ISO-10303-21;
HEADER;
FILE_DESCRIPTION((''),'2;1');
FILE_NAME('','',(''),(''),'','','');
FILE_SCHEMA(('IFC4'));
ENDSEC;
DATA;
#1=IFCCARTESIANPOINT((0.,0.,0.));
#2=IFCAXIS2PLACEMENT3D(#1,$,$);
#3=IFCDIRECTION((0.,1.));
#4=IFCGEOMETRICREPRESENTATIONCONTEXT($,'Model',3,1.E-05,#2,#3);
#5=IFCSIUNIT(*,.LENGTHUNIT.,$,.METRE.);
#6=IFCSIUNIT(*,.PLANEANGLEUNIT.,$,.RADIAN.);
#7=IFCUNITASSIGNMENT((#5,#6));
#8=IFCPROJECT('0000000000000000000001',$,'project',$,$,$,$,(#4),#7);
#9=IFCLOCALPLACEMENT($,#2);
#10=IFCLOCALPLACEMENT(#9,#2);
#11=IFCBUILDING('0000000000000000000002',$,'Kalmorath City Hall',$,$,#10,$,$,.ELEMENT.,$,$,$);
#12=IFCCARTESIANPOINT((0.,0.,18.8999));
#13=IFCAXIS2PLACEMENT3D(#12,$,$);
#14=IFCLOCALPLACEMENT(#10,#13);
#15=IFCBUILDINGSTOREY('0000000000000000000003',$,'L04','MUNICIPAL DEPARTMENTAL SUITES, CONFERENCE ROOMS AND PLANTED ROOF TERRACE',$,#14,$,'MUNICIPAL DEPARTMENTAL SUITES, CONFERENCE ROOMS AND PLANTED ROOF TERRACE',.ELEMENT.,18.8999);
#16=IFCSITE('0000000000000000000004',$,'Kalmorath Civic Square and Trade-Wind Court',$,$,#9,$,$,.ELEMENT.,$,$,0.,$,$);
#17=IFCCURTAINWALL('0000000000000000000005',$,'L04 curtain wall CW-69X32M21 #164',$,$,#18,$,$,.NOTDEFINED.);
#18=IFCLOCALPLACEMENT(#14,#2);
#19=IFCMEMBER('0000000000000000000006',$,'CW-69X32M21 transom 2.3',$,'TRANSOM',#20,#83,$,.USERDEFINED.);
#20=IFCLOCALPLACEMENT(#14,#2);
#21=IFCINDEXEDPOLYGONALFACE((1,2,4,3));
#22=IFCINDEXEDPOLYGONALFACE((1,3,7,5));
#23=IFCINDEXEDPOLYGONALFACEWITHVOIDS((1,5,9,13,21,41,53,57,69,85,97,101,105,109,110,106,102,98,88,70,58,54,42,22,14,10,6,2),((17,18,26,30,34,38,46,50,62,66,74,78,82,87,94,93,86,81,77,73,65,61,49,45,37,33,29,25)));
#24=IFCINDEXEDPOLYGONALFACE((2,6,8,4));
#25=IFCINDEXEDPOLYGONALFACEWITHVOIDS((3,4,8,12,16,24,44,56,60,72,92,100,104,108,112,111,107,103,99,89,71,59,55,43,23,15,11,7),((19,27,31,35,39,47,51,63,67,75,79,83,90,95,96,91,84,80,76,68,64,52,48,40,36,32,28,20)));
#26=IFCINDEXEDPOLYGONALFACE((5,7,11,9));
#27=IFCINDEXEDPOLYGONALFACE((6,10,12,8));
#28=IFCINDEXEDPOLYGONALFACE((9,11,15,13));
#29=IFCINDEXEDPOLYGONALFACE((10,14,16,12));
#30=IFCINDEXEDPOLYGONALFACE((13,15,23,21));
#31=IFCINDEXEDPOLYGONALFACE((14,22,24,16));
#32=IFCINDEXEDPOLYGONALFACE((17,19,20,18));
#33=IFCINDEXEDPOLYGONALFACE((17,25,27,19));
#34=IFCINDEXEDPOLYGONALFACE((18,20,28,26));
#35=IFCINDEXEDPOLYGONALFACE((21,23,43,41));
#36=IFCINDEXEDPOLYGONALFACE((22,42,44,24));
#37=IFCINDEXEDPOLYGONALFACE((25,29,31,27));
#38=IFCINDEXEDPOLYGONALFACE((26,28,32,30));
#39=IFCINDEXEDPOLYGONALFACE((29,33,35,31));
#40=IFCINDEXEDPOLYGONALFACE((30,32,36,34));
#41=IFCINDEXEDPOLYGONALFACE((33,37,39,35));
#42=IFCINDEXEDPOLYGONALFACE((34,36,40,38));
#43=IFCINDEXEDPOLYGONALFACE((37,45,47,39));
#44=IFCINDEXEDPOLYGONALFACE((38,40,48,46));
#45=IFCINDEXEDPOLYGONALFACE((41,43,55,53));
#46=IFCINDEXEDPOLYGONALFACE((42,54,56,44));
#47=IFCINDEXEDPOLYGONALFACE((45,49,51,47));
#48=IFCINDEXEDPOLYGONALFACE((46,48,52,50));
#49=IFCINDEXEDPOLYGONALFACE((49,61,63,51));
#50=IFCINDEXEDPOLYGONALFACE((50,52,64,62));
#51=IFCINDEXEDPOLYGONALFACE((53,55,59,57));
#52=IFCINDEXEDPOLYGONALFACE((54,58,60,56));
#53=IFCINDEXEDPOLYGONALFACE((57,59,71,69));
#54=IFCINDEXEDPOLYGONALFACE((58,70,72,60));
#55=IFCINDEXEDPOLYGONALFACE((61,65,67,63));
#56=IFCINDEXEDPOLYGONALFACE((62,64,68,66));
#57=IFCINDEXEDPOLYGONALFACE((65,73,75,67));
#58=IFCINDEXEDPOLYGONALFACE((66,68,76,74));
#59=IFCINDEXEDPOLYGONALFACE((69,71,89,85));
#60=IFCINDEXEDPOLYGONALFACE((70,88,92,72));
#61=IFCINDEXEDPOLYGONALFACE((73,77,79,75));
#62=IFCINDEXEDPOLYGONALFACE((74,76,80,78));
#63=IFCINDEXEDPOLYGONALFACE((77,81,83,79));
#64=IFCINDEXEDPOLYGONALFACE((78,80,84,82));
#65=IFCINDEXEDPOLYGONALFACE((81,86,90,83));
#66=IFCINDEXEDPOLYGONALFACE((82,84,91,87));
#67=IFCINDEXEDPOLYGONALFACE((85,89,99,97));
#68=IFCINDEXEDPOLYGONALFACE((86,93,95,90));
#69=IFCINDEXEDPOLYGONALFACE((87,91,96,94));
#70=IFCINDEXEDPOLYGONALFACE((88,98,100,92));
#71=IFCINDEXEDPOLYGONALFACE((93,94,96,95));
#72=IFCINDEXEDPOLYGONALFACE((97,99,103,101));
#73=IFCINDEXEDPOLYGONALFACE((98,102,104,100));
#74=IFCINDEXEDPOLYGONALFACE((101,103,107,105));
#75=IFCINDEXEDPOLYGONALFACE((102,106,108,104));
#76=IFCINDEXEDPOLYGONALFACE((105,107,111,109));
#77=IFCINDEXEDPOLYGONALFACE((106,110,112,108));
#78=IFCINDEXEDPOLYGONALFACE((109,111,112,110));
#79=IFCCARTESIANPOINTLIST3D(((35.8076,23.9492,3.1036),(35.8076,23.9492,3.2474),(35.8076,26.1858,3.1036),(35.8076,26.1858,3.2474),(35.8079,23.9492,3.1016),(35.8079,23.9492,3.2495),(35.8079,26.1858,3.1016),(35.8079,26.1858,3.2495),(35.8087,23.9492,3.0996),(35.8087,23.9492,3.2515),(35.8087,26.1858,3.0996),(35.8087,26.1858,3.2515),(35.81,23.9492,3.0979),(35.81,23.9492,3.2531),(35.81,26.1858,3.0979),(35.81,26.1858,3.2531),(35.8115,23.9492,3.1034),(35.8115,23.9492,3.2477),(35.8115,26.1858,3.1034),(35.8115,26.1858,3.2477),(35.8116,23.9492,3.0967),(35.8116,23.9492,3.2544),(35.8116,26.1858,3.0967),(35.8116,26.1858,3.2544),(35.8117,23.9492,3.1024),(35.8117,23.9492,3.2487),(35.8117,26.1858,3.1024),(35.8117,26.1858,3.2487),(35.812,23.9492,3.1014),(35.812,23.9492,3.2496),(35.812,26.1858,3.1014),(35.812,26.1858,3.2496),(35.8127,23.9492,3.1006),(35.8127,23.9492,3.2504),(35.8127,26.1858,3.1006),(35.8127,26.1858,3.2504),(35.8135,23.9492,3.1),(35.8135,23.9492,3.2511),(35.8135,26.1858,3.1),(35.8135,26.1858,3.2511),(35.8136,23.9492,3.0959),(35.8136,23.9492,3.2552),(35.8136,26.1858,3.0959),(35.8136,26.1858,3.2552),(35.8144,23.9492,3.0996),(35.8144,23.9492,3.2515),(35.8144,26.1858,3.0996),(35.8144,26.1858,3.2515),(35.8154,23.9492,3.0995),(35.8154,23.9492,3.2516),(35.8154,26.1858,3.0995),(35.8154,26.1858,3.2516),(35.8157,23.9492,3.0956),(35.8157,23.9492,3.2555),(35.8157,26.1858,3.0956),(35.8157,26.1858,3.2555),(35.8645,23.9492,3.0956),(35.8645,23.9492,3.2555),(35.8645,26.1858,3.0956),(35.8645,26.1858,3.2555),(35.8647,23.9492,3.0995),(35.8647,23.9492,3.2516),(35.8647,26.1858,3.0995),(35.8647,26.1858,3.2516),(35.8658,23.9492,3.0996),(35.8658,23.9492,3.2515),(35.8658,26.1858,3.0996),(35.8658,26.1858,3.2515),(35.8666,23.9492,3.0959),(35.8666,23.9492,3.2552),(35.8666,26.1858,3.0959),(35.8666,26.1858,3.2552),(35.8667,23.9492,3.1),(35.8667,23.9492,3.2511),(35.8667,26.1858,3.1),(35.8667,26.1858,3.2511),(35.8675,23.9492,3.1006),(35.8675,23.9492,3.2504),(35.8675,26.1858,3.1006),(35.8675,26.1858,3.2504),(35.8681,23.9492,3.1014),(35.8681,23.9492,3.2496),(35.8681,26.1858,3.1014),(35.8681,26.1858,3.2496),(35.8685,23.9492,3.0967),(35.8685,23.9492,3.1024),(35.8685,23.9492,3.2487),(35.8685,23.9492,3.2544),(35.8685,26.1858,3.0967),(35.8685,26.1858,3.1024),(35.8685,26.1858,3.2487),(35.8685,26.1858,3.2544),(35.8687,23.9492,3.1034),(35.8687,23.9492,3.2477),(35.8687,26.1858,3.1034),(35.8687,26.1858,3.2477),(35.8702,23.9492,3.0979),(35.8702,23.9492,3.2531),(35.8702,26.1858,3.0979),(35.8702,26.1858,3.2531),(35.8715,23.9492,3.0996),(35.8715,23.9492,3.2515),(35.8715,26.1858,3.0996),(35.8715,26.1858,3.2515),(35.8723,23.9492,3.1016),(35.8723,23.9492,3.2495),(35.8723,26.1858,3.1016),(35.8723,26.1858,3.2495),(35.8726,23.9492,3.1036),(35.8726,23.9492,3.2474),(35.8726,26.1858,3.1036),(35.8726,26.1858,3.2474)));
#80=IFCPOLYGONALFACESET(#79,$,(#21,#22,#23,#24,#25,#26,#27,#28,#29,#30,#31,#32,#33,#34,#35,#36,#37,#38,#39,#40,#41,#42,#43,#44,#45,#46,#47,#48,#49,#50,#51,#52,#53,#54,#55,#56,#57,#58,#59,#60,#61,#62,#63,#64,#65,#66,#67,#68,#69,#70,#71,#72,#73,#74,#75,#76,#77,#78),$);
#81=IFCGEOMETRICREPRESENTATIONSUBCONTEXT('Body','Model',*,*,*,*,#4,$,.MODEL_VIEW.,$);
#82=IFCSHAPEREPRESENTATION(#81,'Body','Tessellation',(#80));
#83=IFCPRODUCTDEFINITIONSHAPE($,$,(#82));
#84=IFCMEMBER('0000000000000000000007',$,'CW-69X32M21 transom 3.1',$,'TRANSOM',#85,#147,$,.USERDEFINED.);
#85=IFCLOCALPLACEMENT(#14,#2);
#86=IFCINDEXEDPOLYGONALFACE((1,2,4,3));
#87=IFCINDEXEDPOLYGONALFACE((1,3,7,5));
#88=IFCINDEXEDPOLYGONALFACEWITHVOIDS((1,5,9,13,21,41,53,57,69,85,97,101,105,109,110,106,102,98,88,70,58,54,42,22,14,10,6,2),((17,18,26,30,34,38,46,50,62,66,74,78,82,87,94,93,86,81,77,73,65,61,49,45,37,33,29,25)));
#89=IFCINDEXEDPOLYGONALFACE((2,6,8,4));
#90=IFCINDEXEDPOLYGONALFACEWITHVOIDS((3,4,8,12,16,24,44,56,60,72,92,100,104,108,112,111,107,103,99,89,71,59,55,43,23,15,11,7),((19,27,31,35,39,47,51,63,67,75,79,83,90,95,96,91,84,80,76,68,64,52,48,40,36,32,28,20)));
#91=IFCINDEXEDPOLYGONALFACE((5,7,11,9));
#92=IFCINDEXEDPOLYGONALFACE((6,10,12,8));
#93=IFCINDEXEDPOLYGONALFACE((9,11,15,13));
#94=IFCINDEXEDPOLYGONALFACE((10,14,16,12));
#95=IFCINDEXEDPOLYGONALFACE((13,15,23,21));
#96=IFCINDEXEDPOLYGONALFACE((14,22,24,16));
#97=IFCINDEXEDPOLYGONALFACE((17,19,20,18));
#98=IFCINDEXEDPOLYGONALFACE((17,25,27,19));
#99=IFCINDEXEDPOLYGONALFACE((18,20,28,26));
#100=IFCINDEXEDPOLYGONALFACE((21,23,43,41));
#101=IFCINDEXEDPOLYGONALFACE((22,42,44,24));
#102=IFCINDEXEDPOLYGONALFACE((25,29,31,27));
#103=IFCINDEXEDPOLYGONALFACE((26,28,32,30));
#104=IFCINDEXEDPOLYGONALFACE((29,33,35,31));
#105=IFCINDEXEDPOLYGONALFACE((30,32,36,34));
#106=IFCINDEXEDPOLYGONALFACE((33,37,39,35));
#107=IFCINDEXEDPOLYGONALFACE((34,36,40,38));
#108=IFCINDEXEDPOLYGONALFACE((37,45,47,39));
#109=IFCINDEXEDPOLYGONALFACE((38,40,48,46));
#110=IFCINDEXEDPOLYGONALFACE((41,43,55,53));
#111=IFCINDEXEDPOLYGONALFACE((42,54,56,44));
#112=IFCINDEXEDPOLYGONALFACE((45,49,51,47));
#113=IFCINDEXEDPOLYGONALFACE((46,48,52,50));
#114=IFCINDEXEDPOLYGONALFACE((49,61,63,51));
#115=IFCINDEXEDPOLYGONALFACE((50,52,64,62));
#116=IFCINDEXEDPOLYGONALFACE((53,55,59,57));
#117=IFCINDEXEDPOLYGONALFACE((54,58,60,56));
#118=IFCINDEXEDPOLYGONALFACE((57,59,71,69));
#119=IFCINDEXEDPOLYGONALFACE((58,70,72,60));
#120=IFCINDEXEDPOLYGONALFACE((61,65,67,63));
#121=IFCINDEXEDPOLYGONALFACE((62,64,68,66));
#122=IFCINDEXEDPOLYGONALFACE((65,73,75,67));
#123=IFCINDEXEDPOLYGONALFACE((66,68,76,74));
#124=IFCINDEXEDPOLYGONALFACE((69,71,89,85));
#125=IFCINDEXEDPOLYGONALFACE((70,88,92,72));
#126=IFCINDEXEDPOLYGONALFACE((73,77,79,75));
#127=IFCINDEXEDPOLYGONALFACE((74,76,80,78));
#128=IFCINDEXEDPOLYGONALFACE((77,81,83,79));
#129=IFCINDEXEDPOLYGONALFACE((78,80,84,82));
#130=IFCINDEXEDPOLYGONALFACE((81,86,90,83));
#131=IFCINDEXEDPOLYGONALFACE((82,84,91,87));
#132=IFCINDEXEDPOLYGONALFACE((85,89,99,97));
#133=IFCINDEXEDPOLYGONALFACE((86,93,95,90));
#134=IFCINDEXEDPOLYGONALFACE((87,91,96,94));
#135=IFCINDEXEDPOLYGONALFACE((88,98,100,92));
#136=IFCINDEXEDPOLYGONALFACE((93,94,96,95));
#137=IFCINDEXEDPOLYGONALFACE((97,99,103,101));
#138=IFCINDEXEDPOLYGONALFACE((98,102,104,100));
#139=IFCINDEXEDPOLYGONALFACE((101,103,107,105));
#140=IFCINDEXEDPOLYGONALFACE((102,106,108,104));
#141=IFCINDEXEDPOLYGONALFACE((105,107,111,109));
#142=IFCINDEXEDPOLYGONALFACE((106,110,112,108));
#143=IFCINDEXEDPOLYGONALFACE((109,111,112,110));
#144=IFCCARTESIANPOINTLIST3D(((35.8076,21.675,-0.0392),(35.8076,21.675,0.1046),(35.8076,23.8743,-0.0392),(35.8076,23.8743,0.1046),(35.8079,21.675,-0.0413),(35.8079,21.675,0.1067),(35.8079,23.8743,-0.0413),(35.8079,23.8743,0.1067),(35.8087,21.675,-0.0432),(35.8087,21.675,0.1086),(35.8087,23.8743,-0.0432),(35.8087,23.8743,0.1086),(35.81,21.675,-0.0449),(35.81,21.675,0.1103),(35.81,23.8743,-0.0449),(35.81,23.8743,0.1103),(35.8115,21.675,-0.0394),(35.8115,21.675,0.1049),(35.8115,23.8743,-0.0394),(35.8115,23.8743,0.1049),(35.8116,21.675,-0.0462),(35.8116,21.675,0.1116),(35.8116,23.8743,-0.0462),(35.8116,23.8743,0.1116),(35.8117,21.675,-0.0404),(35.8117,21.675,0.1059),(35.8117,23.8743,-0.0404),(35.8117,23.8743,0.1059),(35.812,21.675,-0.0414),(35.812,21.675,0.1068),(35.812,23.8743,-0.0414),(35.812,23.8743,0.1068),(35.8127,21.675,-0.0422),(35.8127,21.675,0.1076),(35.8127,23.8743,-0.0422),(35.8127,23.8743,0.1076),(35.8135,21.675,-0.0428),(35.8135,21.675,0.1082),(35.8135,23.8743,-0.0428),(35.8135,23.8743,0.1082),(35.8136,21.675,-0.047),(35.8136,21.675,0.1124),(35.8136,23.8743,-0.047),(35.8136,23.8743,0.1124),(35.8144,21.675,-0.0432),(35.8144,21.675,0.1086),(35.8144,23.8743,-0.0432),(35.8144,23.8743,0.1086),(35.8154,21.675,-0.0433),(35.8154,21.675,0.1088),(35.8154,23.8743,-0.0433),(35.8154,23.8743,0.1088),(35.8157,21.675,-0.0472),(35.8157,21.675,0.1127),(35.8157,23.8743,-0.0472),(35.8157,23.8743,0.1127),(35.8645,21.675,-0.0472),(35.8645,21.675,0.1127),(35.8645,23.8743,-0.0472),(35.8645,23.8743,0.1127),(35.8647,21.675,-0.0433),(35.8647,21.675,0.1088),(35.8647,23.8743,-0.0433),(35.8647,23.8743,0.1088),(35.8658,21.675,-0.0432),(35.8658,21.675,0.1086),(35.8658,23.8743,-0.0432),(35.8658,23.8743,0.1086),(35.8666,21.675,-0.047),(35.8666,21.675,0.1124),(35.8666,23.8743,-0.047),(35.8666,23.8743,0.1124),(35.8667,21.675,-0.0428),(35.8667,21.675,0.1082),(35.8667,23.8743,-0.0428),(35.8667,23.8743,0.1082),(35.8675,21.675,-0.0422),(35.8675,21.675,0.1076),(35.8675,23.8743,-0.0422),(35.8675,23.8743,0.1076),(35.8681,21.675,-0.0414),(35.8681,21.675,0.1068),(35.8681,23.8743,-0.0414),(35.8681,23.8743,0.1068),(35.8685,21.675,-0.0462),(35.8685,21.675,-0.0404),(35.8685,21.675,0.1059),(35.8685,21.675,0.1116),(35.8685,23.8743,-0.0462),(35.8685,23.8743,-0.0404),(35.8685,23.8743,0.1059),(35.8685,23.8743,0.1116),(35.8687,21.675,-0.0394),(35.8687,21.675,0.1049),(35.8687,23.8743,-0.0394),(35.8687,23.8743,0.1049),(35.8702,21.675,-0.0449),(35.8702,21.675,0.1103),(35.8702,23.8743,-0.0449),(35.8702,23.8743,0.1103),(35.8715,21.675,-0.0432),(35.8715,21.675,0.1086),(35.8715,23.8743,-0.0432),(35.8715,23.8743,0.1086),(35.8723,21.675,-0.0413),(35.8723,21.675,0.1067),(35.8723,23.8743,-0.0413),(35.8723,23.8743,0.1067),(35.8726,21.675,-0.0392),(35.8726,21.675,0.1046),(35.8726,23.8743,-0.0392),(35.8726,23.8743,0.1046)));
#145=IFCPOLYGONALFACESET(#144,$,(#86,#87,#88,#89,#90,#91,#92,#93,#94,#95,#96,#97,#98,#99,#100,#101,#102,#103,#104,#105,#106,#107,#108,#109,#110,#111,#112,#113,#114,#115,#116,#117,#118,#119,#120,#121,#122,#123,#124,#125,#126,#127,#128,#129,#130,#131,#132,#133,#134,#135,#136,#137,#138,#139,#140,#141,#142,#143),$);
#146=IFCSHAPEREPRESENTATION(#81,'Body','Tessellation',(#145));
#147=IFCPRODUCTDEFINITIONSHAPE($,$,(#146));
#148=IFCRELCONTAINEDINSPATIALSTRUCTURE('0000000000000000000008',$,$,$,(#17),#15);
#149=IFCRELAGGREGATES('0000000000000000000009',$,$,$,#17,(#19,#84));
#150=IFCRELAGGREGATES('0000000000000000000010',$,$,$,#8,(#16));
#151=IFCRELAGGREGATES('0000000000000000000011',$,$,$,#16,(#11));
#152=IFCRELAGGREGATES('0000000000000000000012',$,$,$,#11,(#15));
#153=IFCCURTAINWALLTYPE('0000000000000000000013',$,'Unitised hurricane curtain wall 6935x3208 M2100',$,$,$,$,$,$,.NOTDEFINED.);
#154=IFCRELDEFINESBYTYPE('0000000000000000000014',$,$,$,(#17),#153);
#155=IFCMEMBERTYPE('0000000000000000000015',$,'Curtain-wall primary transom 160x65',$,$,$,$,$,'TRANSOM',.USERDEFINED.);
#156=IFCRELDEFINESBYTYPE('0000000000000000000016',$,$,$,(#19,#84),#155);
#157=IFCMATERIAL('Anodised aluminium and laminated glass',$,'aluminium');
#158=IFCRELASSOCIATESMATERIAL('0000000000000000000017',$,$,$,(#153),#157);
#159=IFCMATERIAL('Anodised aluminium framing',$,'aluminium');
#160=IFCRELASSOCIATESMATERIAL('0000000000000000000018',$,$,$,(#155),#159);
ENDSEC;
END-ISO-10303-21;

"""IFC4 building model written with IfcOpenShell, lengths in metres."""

from ifc_helpers import new_model, si_unit, direction, frame, origin, origin_2d, place, context, subcontext, project, spatial, hollow_rectangle, extrude, material, material_profile, profile_set, type_object, element, aggregate, save


model = new_model("IFC4")

# Units and contexts
model_context = context("Model", 3, precision=1e-05, world=origin(), true_north=direction((0.0, 1.0)))
body_context = subcontext(model_context, "Body", "Model", "MODEL_VIEW")
ifc_project = project(units=[si_unit("LENGTHUNIT", "METRE"), si_unit("PLANEANGLEUNIT", "RADIAN")], contexts=[model_context])

# Site, building, storey
site_placement = place(None, origin())
site = spatial("IfcSite", under=ifc_project, at=site_placement, Name="Kalmorath Civic Square and Trade-Wind Court", CompositionType="ELEMENT", RefElevation=0.0)
building_placement = place(site_placement, origin())
building = spatial("IfcBuilding", under=site, at=building_placement, Name="Kalmorath City Hall", CompositionType="ELEMENT")
storey_placement = place(building_placement, frame((0.0, 0.0, 18.8999)))
storey = spatial("IfcBuildingStorey", under=building, at=storey_placement, Name="L04", Description="MUNICIPAL DEPARTMENTAL SUITES, CONFERENCE ROOMS AND PLANTED ROOF TERRACE", LongName="MUNICIPAL DEPARTMENTAL SUITES, CONFERENCE ROOMS AND PLANTED ROOF TERRACE", CompositionType="ELEMENT", Elevation=18.8999)

# Curtain wall, members
ifc_material_1 = material(Name="Anodised aluminium and laminated glass", Category="aluminium")
curtain_wall_type = type_object("IfcCurtainWallType", Name="Unitised hurricane curtain wall 6935x3208 M2100", PredefinedType="NOTDEFINED", material=ifc_material_1)
curtain_wall_placement = place(storey_placement, origin())
curtain_wall = element("IfcCurtainWall", 1, at=curtain_wall_placement, inside=storey, type_object=curtain_wall_type, Name="L04 curtain wall CW-69X32M21 #164", PredefinedType="NOTDEFINED")
ifc_material_2 = material(Name="Anodised aluminium framing", Category="aluminium")
ifc_material_profile_1 = material_profile(ifc_material_2, hollow_rectangle(XDim=0.0649, YDim=0.1599, WallThickness=0.0039, InnerFilletRadius=0.0039, OuterFilletRadius=0.0081, at=origin_2d()), Name="ALU-TRN-160X65X4")
ifc_profile_set_1 = profile_set([ifc_material_profile_1], Name="Anodised aluminium framing")
member_type_1 = type_object("IfcMemberType", Name="Curtain-wall primary transom 160x65", ElementType="TRANSOM", PredefinedType="USERDEFINED", material=ifc_profile_set_1)
member_1_placement = place(storey_placement, frame((35.8401, 26.1858, 3.1755), z_axis=(0.0, -1.0, 0.0), x_axis=(1.0, 0.0, 0.0)))
member_1 = element("IfcMember", 2, at=member_1_placement, type_object=member_type_1, Name="CW-69X32M21 transom 2.3", ObjectType="TRANSOM", PredefinedType="USERDEFINED", context=body_context, shape_type="SweptSolid", body=[
    extrude(hollow_rectangle(XDim=0.0649, YDim=0.1599, WallThickness=0.0039, InnerFilletRadius=0.0039, OuterFilletRadius=0.0081, at=origin_2d()), origin(), (0.0, 0.0, 1.0), 2.2366),
])
member_2_placement = place(storey_placement, frame((35.8401, 23.8743, 0.0327), z_axis=(0.0, -1.0, 0.0), x_axis=(1.0, 0.0, 0.0)))
member_2 = element("IfcMember", 3, at=member_2_placement, type_object=member_type_1, Name="CW-69X32M21 transom 3.1", ObjectType="TRANSOM", PredefinedType="USERDEFINED", context=body_context, shape_type="SweptSolid", body=[
    extrude(hollow_rectangle(XDim=0.0649, YDim=0.1599, WallThickness=0.0039, InnerFilletRadius=0.0039, OuterFilletRadius=0.0081, at=origin_2d()), origin(), (0.0, 0.0, 1.0), 2.1992),
])

aggregate(curtain_wall, [member_1, member_2])

save(model, "model.ifc")
